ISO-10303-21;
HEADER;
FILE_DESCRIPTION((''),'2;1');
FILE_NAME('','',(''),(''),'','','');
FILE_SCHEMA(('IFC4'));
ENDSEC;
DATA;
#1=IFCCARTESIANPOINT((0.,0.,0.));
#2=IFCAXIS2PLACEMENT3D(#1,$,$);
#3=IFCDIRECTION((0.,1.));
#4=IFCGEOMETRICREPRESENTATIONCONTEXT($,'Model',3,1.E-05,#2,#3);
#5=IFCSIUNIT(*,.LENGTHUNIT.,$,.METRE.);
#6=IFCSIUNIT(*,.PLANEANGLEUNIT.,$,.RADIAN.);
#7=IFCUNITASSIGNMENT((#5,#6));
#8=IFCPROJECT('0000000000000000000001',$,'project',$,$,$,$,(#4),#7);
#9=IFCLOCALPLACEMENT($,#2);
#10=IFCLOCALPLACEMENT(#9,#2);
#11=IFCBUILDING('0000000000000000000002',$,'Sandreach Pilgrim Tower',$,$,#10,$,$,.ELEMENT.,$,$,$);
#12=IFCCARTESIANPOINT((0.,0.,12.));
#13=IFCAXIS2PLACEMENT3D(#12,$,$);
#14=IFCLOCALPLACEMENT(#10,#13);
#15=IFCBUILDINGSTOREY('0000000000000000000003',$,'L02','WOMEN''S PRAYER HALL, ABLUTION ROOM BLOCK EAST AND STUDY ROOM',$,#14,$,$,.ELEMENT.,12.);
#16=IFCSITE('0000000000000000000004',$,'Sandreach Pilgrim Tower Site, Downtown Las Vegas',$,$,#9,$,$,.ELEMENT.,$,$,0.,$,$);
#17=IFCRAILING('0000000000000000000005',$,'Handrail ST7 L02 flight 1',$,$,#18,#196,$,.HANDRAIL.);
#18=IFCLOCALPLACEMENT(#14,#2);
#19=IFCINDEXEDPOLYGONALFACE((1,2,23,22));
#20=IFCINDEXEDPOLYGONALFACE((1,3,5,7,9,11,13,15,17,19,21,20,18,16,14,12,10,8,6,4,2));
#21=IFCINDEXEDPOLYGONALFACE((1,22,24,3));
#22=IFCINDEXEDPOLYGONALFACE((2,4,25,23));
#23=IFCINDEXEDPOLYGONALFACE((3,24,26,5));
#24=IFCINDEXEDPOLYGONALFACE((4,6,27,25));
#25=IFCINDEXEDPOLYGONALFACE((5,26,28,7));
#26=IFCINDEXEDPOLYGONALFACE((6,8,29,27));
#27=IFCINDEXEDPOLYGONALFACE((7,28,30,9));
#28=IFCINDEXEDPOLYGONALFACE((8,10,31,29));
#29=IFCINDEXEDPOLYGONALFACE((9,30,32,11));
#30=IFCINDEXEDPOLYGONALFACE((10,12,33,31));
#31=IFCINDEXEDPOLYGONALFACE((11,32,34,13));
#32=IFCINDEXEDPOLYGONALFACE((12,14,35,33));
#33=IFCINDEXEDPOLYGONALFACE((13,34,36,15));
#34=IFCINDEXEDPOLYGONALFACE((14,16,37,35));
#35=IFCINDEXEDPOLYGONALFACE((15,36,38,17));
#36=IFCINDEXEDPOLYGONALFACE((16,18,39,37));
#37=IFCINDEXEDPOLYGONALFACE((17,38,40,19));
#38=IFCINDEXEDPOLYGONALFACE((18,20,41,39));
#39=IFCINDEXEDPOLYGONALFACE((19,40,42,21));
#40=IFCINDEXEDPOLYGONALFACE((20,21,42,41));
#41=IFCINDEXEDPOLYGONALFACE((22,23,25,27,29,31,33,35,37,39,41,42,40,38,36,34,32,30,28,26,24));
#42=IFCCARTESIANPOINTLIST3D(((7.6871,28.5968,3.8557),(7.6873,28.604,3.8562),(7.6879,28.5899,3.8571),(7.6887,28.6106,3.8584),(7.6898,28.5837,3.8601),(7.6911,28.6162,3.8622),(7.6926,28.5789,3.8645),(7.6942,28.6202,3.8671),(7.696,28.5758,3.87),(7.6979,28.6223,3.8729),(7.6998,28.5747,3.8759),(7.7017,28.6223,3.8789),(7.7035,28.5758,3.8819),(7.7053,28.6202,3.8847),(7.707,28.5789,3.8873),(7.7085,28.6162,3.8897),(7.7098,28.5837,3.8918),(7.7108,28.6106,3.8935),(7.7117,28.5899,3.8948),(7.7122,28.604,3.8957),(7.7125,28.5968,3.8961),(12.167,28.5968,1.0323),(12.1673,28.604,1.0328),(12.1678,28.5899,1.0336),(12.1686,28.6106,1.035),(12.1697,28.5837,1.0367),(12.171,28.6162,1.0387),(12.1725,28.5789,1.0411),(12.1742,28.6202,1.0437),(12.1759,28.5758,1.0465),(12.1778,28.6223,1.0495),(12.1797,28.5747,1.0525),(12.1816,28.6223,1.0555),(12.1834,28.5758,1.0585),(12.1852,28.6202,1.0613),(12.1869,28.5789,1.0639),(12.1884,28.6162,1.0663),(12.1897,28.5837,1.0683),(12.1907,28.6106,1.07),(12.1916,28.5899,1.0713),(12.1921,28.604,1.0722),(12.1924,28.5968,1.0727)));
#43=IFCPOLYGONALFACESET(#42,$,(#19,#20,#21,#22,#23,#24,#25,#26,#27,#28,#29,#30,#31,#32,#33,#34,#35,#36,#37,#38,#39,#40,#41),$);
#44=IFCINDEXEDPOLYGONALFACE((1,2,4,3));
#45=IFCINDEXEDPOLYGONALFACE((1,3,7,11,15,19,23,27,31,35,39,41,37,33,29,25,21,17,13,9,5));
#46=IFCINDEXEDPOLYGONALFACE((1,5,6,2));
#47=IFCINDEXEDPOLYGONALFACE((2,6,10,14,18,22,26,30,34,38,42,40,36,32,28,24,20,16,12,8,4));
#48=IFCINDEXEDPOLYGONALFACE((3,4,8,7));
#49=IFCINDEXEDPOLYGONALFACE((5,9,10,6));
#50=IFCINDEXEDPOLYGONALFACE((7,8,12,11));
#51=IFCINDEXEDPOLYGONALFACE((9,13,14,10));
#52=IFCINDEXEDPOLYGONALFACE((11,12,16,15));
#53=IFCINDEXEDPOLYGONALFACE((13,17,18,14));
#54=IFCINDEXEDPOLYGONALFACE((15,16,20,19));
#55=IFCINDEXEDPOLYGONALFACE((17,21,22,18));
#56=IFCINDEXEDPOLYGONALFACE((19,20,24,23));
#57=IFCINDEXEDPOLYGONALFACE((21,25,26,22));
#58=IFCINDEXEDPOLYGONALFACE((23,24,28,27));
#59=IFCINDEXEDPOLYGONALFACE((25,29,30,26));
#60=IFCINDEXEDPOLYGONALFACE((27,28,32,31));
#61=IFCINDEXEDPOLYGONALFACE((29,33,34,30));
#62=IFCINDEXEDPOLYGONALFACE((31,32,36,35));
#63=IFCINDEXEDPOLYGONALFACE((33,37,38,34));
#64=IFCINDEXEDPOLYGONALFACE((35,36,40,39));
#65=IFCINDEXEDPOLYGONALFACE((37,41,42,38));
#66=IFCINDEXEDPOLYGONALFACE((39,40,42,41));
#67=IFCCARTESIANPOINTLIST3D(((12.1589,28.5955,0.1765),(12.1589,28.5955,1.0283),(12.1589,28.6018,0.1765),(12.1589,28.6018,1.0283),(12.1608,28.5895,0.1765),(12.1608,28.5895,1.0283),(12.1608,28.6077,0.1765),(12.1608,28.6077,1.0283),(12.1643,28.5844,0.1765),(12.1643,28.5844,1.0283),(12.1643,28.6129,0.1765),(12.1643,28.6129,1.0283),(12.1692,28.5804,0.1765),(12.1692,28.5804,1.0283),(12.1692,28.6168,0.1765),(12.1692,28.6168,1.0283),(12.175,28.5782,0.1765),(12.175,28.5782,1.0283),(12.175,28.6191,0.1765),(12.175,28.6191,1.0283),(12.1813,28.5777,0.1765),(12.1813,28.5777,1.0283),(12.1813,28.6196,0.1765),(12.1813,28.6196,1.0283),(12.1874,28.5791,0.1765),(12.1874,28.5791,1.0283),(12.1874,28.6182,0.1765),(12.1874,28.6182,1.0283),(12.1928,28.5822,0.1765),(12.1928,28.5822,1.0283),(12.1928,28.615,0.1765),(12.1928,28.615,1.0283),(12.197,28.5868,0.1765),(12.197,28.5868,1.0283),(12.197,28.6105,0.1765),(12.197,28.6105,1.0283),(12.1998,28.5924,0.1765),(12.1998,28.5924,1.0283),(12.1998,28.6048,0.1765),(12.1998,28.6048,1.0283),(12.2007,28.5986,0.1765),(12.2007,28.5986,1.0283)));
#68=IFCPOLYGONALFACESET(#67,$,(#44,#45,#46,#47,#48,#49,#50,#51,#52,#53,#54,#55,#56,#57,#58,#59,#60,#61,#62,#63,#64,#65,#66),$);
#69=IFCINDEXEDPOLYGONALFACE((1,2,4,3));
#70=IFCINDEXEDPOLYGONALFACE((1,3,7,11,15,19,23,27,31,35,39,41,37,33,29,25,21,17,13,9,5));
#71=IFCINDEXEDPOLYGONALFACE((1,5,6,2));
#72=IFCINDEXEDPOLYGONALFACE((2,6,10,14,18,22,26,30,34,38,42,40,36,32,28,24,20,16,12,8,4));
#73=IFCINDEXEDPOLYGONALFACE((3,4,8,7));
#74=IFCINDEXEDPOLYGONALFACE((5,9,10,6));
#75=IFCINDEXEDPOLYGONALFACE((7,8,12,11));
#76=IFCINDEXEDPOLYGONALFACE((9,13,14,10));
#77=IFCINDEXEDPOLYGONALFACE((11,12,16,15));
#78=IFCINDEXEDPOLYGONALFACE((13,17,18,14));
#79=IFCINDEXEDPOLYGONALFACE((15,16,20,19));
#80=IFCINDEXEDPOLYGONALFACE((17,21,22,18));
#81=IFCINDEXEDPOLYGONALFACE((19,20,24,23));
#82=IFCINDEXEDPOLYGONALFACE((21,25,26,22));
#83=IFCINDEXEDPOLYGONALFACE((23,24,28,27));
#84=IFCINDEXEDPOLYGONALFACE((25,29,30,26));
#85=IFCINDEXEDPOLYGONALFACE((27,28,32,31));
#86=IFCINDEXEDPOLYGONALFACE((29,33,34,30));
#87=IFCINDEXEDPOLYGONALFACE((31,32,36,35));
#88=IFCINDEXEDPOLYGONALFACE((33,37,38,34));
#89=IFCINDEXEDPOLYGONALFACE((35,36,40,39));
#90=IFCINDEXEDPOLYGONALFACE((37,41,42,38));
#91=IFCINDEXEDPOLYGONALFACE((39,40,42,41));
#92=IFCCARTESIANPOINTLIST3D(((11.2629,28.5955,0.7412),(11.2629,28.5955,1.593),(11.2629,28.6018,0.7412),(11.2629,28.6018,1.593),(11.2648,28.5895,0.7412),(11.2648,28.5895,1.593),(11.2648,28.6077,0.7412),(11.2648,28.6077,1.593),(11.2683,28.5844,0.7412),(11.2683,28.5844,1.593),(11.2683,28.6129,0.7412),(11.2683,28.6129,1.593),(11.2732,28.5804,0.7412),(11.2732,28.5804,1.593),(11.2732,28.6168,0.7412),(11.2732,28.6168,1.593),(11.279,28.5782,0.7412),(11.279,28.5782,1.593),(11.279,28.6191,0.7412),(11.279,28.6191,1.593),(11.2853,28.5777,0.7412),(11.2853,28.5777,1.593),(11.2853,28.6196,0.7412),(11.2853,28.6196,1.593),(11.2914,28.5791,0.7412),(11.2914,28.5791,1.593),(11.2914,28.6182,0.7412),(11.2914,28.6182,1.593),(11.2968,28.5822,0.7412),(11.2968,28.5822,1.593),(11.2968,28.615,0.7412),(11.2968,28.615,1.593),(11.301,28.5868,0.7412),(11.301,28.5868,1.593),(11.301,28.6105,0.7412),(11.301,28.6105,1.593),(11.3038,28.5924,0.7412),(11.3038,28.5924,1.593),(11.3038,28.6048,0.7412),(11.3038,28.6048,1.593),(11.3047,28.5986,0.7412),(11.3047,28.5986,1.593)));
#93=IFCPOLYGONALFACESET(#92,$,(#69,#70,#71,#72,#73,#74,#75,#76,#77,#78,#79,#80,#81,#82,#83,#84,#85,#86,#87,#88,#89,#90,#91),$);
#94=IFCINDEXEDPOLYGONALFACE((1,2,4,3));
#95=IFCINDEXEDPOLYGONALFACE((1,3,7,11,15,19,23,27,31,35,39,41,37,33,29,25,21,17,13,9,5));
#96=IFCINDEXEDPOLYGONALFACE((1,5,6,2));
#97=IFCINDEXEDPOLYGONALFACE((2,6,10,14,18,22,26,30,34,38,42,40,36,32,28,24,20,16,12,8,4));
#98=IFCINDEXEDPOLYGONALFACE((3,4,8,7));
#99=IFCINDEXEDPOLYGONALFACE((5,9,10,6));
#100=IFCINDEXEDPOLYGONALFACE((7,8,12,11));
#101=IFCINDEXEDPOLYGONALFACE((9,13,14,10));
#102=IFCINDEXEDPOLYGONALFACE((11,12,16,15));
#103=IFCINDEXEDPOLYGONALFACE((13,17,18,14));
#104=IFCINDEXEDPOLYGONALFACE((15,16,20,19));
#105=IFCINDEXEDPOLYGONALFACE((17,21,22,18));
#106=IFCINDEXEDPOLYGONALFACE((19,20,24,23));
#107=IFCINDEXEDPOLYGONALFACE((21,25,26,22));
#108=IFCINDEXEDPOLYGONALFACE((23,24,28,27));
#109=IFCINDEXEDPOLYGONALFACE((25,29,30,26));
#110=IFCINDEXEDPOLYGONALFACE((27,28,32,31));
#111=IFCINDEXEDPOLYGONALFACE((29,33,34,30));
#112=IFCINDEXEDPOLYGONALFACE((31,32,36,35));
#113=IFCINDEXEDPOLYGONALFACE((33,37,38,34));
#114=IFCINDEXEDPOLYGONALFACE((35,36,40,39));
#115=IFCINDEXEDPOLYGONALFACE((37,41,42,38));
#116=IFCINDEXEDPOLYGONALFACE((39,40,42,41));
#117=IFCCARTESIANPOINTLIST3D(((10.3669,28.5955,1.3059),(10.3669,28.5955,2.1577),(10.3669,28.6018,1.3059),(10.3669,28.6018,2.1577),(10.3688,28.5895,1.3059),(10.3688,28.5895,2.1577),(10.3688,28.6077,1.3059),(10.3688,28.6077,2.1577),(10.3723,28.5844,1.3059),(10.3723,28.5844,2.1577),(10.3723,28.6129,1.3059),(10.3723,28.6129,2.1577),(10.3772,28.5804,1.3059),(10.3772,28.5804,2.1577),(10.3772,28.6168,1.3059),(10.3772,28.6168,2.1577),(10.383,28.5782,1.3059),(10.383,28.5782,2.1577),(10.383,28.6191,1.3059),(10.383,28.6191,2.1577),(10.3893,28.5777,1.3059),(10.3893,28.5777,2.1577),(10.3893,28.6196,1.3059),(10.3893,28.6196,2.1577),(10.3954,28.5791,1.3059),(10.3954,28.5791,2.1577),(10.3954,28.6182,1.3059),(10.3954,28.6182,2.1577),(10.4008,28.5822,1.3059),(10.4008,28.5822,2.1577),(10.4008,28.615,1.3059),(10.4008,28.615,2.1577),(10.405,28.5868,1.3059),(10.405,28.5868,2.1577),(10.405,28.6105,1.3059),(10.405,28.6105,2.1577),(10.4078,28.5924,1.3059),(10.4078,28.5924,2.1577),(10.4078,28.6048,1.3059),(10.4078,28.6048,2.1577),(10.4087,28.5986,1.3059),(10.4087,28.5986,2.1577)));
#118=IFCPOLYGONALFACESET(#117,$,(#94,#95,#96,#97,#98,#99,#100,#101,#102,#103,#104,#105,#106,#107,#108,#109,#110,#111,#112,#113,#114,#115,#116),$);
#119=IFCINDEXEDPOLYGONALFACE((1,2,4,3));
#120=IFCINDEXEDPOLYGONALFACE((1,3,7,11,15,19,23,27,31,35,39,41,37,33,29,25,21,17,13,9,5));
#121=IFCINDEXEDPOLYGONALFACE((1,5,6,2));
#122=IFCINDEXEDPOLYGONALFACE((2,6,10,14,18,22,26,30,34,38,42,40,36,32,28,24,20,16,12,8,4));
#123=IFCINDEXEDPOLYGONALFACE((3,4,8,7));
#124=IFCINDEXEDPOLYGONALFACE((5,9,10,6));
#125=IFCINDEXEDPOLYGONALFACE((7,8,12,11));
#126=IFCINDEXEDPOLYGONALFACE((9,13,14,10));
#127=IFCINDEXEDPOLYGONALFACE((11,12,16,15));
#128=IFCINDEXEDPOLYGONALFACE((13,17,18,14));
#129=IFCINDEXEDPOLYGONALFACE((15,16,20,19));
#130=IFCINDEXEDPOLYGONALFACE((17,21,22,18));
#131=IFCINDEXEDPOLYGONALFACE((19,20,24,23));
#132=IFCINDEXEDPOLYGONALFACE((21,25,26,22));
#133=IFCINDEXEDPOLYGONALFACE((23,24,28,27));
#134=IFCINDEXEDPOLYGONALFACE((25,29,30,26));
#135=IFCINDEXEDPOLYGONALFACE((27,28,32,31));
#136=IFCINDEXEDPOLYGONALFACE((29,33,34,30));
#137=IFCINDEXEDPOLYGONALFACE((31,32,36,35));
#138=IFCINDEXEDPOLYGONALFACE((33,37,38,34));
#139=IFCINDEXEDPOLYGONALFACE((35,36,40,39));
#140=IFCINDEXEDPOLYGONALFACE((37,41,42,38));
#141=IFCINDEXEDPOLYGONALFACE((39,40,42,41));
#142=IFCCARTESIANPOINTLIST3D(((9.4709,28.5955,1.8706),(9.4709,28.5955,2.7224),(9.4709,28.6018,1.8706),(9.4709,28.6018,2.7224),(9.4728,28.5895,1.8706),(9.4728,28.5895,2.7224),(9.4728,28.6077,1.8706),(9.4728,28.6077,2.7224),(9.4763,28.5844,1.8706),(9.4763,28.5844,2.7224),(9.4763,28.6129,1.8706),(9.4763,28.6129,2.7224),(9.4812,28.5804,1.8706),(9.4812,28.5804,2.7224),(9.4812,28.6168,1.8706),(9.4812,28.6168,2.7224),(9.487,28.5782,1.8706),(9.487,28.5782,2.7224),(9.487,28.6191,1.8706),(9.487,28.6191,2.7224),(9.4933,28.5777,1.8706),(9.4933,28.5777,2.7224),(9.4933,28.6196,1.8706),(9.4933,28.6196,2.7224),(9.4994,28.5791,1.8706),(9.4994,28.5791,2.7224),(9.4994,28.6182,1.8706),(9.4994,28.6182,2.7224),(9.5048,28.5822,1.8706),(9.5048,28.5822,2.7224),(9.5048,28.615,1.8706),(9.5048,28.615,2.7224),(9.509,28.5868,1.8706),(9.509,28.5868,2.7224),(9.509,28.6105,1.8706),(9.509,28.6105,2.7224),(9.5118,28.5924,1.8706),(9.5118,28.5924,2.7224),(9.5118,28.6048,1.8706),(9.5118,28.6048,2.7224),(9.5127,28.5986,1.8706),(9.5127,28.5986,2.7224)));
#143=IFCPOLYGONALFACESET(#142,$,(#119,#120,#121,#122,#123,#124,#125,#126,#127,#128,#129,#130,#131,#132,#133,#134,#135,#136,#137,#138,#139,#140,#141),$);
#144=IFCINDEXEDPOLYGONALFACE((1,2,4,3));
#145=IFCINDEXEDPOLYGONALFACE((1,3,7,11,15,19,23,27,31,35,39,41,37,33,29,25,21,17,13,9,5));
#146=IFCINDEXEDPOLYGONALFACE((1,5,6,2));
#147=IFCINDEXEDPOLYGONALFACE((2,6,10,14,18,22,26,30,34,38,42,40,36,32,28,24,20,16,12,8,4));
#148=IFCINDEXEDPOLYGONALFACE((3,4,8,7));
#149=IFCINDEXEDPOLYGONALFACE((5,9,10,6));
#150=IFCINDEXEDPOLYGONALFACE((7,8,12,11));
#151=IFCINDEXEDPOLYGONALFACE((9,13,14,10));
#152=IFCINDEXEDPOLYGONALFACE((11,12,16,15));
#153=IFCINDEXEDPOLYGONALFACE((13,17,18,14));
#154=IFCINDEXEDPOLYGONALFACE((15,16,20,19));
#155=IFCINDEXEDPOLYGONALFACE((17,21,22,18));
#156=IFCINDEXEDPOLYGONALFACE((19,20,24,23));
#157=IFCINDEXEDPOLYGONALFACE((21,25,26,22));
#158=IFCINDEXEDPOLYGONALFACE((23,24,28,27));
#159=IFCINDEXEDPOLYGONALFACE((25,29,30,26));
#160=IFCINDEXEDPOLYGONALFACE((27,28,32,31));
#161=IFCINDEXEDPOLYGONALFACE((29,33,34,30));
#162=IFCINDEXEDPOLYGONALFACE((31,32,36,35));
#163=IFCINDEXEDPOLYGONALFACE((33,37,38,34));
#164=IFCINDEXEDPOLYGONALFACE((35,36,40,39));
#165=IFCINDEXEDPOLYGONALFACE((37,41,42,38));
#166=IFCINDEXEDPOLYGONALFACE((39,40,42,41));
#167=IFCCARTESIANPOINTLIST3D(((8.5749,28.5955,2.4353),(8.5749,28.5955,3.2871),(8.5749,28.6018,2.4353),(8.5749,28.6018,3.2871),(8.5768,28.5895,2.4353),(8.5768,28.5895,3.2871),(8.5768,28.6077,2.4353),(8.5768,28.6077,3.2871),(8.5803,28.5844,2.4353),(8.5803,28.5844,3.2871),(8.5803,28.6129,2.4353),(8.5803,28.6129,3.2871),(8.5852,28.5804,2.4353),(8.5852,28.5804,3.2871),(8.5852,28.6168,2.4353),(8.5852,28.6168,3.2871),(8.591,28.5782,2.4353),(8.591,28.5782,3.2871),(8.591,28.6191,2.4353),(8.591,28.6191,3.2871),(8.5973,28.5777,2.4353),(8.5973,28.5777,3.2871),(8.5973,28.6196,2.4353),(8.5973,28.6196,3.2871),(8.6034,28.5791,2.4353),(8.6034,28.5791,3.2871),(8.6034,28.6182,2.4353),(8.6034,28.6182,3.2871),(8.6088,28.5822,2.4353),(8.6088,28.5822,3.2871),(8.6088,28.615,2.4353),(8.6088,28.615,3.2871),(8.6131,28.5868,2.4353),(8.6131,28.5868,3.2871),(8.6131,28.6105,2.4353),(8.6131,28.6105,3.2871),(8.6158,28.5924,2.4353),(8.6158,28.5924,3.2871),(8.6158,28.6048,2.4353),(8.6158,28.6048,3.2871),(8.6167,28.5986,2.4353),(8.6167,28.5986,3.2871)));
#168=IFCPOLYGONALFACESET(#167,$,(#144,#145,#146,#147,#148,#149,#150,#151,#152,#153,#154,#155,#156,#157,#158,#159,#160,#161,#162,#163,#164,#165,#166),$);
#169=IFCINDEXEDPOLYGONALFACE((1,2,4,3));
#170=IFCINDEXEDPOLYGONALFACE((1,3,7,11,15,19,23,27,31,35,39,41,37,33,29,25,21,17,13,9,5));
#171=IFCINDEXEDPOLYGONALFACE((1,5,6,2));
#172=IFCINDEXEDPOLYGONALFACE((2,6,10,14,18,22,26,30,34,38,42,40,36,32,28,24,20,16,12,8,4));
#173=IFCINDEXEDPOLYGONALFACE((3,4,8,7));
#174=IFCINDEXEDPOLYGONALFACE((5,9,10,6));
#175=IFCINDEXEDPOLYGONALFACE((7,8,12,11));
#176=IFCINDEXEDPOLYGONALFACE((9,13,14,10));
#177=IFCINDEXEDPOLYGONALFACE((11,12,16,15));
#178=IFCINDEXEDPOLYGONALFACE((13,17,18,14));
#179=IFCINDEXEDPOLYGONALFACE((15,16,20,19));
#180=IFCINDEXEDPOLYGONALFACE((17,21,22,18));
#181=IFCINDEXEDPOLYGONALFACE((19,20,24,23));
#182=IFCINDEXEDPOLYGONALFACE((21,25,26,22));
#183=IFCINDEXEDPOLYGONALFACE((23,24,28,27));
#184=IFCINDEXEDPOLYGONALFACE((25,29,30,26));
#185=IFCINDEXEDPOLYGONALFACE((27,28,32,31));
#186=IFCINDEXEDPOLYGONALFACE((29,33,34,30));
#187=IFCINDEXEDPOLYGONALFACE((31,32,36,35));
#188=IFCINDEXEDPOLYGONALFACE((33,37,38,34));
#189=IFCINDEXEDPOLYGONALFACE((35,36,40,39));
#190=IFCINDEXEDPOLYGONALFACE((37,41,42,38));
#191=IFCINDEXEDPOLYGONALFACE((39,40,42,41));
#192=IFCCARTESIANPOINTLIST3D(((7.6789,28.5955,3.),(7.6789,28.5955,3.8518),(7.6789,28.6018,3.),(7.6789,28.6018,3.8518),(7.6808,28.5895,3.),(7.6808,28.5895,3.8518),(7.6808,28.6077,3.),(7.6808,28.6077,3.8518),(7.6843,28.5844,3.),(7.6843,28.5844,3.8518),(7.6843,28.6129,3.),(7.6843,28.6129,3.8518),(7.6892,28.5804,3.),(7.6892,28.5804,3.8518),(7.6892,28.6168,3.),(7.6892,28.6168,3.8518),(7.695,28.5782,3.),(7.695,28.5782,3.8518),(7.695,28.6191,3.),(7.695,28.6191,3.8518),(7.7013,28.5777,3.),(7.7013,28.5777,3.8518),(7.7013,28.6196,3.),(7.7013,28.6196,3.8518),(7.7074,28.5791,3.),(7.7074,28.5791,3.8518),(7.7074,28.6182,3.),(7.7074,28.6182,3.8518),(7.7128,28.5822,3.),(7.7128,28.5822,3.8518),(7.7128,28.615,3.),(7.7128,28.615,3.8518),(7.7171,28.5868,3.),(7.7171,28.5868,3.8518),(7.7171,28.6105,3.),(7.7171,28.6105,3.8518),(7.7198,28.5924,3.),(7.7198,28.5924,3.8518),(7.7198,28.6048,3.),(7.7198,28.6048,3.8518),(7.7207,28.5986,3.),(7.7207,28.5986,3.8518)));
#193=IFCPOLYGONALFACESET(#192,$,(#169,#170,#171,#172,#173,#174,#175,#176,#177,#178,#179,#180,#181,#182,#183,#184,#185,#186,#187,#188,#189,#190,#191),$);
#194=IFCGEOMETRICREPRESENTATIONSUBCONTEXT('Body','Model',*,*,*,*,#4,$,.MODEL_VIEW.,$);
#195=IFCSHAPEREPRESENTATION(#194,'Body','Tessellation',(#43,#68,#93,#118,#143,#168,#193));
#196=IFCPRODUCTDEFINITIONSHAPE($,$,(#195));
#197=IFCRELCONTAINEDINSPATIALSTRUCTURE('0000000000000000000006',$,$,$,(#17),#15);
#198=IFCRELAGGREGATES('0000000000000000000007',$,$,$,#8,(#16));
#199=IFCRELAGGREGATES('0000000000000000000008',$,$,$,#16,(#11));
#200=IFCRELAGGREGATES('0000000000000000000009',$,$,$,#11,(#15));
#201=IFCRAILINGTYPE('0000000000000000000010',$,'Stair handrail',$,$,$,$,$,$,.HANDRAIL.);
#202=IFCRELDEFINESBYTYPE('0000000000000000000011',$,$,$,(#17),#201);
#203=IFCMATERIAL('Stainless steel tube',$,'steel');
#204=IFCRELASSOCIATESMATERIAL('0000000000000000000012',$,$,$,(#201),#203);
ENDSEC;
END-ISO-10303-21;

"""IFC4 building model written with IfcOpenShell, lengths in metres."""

from ifc_helpers import new_model, si_unit, direction, frame, origin, origin_2d, place, context, subcontext, project, spatial, circle, extrude, material, type_object, element, save


model = new_model("IFC4")

# Units and contexts
model_context = context("Model", 3, precision=1e-05, world=origin(), true_north=direction((0.0, 1.0)))
body_context = subcontext(model_context, "Body", "Model", "MODEL_VIEW")
ifc_project = project(units=[si_unit("LENGTHUNIT", "METRE"), si_unit("PLANEANGLEUNIT", "RADIAN")], contexts=[model_context])

# Site, building, storey
site_placement = place(None, origin())
site = spatial("IfcSite", under=ifc_project, at=site_placement, Name="Sandreach Pilgrim Tower Site, Downtown Las Vegas", CompositionType="ELEMENT", RefElevation=0.0)
building_placement = place(site_placement, origin())
building = spatial("IfcBuilding", under=site, at=building_placement, Name="Sandreach Pilgrim Tower", CompositionType="ELEMENT")
storey_placement = place(building_placement, frame((0.0, 0.0, 12.0)))
storey = spatial("IfcBuildingStorey", under=building, at=storey_placement, Name="L02", Description="WOMEN'S PRAYER HALL, ABLUTION ROOM BLOCK EAST AND STUDY ROOM", CompositionType="ELEMENT", Elevation=12.0)

# Railing
ifc_material_1 = material(Name="Stainless steel tube", Category="steel")
railing_type = type_object("IfcRailingType", Name="Stair handrail", PredefinedType="HANDRAIL", material=ifc_material_1)
for number, where, name in (
    (1, (12.1797, 28.5986, 0.1765), "Handrail ST7 L02 flight 1"),
):
    element("IfcRailing", number, at=place(storey_placement, frame(where)), inside=storey, type_object=railing_type, Name=name, PredefinedType="HANDRAIL", context=body_context, shape_type="SweptSolid", body=[
        extrude(circle(Radius=0.0239, at=origin_2d()), frame((0.0, 0.0, 0.876), z_axis=(-0.845998, 0.0, 0.533186), x_axis=(0.0, -1.0, 0.0)), (0.0, 0.0, 1.0), 5.2954),
        extrude(circle(Radius=0.021, at=origin_2d()), origin(), (0.0, 0.0, 1.0), 0.8518),
        extrude(circle(Radius=0.021, at=origin_2d()), frame((-0.896, 0.0, 0.5647)), (0.0, 0.0, 1.0), 0.8518),
        extrude(circle(Radius=0.021, at=origin_2d()), frame((-1.792, 0.0, 1.1294)), (0.0, 0.0, 1.0), 0.8518),
        extrude(circle(Radius=0.021, at=origin_2d()), frame((-2.688, 0.0, 1.6941)), (0.0, 0.0, 1.0), 0.8518),
        extrude(circle(Radius=0.021, at=origin_2d()), frame((-3.584, 0.0, 2.2588)), (0.0, 0.0, 1.0), 0.8518),
        extrude(circle(Radius=0.021, at=origin_2d()), frame((-4.48, 0.0, 2.8235)), (0.0, 0.0, 1.0), 0.8518),
    ])

save(model, "model.ifc")
